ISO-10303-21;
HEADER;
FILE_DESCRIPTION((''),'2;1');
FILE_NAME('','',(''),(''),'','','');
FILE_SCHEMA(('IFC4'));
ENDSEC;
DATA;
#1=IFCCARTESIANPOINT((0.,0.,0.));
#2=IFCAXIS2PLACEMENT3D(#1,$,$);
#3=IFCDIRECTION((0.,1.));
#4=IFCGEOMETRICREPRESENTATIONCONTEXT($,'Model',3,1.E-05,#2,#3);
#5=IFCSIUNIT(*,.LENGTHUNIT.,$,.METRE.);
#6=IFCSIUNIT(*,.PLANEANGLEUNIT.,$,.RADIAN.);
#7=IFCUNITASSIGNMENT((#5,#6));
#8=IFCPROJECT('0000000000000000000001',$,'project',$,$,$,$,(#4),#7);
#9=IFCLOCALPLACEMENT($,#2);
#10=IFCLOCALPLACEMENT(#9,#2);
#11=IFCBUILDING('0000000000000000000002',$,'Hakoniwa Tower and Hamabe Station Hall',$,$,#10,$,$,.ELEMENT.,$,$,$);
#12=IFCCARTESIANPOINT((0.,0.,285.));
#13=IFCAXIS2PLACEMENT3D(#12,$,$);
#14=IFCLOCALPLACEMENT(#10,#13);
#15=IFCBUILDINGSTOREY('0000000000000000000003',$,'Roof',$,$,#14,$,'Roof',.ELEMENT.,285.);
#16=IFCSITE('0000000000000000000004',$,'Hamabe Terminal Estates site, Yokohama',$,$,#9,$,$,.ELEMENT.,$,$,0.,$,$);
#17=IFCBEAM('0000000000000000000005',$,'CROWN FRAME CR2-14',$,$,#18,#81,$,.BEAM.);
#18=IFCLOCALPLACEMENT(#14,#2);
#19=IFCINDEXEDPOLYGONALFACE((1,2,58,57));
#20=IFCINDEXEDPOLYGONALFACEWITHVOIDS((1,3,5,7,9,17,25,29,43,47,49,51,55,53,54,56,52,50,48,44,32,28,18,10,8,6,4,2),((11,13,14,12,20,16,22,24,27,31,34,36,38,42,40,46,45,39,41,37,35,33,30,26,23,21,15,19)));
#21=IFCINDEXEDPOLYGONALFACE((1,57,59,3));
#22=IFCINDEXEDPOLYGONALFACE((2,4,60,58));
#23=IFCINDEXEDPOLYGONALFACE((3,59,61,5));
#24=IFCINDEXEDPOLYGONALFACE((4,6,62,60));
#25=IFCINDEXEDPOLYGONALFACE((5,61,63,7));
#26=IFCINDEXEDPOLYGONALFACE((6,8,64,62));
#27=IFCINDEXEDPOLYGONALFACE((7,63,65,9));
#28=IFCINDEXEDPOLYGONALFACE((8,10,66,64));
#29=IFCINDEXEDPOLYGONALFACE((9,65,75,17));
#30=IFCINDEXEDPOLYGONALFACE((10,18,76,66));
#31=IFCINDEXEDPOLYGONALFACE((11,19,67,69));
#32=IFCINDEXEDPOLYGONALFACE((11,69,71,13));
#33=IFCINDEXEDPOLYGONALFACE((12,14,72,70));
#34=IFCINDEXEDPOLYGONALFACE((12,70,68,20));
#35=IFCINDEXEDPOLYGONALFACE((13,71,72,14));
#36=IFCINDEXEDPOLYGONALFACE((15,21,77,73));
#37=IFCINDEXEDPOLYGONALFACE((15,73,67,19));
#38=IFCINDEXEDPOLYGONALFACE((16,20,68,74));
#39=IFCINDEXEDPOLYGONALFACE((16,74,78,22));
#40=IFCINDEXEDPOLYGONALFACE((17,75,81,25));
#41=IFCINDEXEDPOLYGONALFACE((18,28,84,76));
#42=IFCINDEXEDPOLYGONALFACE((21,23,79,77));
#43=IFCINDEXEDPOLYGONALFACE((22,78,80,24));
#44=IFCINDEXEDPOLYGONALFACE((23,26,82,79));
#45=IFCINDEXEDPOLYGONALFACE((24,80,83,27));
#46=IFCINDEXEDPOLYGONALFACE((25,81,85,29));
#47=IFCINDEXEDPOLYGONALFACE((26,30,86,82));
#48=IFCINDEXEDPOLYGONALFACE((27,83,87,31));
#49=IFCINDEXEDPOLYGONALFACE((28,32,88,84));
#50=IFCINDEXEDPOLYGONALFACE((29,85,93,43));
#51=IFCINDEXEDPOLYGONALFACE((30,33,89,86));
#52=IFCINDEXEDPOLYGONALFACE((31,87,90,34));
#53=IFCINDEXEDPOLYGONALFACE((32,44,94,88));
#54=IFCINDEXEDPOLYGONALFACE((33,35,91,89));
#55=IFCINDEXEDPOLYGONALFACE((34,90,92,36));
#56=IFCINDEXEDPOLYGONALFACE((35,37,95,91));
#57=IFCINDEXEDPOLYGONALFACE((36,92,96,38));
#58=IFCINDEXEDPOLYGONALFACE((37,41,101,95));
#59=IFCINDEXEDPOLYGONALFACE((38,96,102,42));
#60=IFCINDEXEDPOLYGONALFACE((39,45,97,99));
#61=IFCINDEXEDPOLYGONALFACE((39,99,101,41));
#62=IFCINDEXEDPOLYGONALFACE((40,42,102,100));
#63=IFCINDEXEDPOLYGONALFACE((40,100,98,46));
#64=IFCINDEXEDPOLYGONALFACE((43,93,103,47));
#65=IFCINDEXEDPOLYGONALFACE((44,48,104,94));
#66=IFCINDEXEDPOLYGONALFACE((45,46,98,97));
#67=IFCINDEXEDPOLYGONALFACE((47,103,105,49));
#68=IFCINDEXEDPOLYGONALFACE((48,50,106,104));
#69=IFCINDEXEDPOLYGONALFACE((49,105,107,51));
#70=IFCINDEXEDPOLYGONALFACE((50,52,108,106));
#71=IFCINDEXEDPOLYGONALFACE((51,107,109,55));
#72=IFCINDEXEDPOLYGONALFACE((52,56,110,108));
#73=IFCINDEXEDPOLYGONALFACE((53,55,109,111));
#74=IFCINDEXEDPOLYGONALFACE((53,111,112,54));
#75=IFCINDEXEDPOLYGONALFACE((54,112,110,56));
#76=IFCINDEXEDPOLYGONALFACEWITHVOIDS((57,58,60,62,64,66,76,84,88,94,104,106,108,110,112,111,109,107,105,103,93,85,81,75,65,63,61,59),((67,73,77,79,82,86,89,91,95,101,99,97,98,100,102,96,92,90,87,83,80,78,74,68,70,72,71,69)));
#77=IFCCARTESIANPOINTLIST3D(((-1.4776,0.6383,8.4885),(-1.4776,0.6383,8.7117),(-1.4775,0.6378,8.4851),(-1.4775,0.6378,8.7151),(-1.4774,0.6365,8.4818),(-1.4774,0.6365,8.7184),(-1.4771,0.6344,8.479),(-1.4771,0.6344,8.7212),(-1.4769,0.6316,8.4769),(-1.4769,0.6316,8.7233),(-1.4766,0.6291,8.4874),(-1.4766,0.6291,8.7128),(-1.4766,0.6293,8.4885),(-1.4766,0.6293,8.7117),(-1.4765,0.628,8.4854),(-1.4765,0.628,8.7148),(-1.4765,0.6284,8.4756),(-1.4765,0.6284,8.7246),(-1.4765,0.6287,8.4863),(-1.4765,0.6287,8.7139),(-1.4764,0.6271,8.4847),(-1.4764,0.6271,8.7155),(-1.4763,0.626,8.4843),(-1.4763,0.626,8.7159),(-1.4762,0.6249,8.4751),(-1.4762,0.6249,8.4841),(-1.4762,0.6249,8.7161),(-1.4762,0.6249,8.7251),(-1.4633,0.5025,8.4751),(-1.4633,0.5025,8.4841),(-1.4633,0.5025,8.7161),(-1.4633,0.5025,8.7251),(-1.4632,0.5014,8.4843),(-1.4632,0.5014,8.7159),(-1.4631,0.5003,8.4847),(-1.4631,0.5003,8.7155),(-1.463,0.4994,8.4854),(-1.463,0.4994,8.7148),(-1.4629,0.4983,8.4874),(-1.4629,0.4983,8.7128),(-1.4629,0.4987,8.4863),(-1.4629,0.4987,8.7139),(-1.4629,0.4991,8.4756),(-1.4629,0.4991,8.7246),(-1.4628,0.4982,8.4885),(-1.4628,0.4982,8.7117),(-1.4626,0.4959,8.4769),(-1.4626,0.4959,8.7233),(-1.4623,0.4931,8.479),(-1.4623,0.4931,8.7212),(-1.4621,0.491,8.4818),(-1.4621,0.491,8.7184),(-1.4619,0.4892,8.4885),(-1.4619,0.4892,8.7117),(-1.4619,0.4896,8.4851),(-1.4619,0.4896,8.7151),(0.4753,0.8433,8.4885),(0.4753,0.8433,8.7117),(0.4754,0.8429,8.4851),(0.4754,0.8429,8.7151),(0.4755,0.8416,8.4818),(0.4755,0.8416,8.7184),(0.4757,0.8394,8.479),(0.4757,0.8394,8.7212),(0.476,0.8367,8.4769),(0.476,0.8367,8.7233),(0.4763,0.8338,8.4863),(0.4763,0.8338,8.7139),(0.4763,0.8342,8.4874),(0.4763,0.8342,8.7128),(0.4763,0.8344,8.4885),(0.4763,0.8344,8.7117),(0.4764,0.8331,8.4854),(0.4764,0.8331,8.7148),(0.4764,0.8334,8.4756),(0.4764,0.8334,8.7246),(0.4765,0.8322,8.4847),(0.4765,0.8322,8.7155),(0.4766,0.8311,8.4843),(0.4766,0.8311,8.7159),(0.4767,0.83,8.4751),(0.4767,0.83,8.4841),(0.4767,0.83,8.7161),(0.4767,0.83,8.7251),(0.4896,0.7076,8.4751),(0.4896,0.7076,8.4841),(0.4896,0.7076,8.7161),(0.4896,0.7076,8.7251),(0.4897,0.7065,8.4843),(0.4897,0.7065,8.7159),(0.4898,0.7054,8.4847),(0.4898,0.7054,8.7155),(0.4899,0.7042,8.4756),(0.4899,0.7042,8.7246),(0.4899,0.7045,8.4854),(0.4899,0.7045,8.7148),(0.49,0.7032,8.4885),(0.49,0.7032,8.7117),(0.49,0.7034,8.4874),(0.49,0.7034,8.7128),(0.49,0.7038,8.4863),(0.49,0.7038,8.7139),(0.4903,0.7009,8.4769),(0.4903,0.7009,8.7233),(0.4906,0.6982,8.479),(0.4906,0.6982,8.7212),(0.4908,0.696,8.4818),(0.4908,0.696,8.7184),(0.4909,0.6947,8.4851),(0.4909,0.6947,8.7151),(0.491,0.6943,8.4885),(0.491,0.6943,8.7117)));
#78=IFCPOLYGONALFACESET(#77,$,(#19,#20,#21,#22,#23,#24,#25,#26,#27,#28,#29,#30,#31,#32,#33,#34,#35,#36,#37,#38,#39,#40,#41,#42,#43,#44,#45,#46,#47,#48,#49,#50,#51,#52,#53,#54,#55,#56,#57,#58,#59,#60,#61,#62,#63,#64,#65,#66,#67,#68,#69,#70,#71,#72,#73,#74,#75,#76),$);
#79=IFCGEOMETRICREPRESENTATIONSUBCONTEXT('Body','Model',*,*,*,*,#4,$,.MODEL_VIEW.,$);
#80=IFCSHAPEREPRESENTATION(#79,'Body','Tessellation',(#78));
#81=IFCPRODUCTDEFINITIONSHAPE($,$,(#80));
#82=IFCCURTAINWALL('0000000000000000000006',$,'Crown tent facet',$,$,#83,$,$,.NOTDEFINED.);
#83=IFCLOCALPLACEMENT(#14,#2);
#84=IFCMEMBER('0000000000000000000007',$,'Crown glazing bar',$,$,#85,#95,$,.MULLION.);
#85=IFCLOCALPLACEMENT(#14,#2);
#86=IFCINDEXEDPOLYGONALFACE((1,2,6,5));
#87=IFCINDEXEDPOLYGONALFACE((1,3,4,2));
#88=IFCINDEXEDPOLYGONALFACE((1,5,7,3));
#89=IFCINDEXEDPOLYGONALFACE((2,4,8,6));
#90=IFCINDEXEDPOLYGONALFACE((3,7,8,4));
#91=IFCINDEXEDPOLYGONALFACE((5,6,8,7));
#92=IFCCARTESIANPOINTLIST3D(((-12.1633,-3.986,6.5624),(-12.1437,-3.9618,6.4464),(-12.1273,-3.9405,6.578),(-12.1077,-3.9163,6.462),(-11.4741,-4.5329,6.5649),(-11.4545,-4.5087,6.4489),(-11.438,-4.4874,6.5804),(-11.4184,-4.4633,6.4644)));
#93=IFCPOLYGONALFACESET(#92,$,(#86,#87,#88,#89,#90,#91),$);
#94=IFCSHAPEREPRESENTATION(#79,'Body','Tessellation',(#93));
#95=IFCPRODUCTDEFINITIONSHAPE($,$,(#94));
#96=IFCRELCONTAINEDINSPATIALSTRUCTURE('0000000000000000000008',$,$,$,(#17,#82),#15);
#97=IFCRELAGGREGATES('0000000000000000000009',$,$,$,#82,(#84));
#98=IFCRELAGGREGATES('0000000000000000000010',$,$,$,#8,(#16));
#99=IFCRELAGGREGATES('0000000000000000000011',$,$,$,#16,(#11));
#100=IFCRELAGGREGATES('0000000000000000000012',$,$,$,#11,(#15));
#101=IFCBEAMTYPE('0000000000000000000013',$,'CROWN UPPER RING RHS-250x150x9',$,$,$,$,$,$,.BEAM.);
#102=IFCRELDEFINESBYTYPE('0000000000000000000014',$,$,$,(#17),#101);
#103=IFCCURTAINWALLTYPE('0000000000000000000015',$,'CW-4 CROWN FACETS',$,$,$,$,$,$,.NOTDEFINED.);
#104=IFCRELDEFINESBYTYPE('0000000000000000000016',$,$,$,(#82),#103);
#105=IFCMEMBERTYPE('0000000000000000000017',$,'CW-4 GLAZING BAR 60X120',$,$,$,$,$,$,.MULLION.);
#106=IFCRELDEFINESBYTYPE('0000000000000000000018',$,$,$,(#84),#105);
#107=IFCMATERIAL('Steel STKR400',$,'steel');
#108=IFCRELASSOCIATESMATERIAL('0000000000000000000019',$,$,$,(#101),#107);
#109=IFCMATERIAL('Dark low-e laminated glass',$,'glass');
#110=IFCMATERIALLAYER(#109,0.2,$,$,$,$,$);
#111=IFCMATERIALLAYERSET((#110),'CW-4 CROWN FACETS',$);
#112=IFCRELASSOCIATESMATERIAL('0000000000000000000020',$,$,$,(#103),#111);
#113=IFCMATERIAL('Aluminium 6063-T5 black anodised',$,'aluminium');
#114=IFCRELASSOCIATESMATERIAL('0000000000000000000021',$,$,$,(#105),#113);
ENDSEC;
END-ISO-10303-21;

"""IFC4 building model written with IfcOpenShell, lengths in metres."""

from ifc_helpers import new_model, si_unit, direction, frame, origin, origin_2d, place, context, subcontext, project, spatial, rectangle, hollow_rectangle, extrude, material, layer, layer_set, material_profile, profile_set, type_object, element, aggregate, save


model = new_model("IFC4")

# Units and contexts
model_context = context("Model", 3, precision=1e-05, world=origin(), true_north=direction((0.0, 1.0)))
body_context = subcontext(model_context, "Body", "Model", "MODEL_VIEW")
ifc_project = project(units=[si_unit("LENGTHUNIT", "METRE"), si_unit("PLANEANGLEUNIT", "RADIAN")], contexts=[model_context])

# Site, building, storey
site_placement = place(None, origin())
site = spatial("IfcSite", under=ifc_project, at=site_placement, Name="Hamabe Terminal Estates site, Yokohama", CompositionType="ELEMENT", RefElevation=0.0)
building_placement = place(site_placement, origin())
building = spatial("IfcBuilding", under=site, at=building_placement, Name="Hakoniwa Tower and Hamabe Station Hall", CompositionType="ELEMENT")
storey_placement = place(building_placement, frame((0.0, 0.0, 285.0)))
storey = spatial("IfcBuildingStorey", under=building, at=storey_placement, Name="Roof", LongName="Roof", CompositionType="ELEMENT", Elevation=285.0)

# Beam
ifc_material_1 = material(Name="Steel STKR400", Category="steel")
ifc_material_profile_1 = material_profile(ifc_material_1, hollow_rectangle(XDim=0.1499, YDim=0.25, WallThickness=0.009, InnerFilletRadius=0.0044, OuterFilletRadius=0.0134, at=origin_2d()), Name="RHS-250x150x9")
ifc_profile_set_1 = profile_set([ifc_material_profile_1], Name="Steel STKR400")
beam_type = type_object("IfcBeamType", Name="CROWN UPPER RING RHS-250x150x9", PredefinedType="BEAM", material=ifc_profile_set_1)
beam_1_placement = place(storey_placement, frame((-1.4697, 0.5637, 8.6001), z_axis=(0.994531, 0.104439, 0.0), x_axis=(-0.104439, 0.994531, 0.0)))
element("IfcBeam", 1, at=beam_1_placement, inside=storey, type_object=beam_type, Name="CROWN FRAME CR2-14", PredefinedType="BEAM", context=body_context, shape_type="SweptSolid", body=[
    extrude(hollow_rectangle(XDim=0.1499, YDim=0.25, WallThickness=0.009, InnerFilletRadius=0.0044, OuterFilletRadius=0.0134, at=origin_2d()), origin(), (0.0, 0.0, 1.0), 1.9636),
])

# Curtain wall, member
ifc_material_2 = material(Name="Dark low-e laminated glass", Category="glass")
ifc_layer_1 = layer(ifc_material_2, 0.2)
ifc_layer_set_1 = layer_set([ifc_layer_1], Name="CW-4 CROWN FACETS")
curtain_wall_type = type_object("IfcCurtainWallType", Name="CW-4 CROWN FACETS", PredefinedType="NOTDEFINED", material=ifc_layer_set_1)
curtain_wall_1_placement = place(storey_placement, origin())
curtain_wall_1 = element("IfcCurtainWall", 2, at=curtain_wall_1_placement, inside=storey, type_object=curtain_wall_type, Name="Crown tent facet", PredefinedType="NOTDEFINED")
ifc_material_3 = material(Name="Aluminium 6063-T5 black anodised", Category="aluminium")
ifc_material_profile_2 = material_profile(ifc_material_3, rectangle(XDim=0.0601, YDim=0.1201, at=origin_2d()), Name="CW-4 GLAZING BAR 60X120")
ifc_profile_set_2 = profile_set([ifc_material_profile_2], Name="Aluminium 6063-T5 black anodised")
member_type_1 = type_object("IfcMemberType", Name="CW-4 GLAZING BAR 60X120", PredefinedType="MULLION", material=ifc_profile_set_2)
member_1_placement = place(storey_placement, frame((-12.1355, -3.9512, 6.5122), z_axis=(0.78335, -0.621574, 0.002775), x_axis=(0.599778, 0.757038, 0.259152)))
member_1 = element("IfcMember", 3, at=member_1_placement, type_object=member_type_1, Name="Crown glazing bar", PredefinedType="MULLION", context=body_context, shape_type="SweptSolid", body=[
    extrude(rectangle(XDim=0.0601, YDim=0.1201, at=origin_2d()), origin(), (0.0, 0.0, 1.0), 0.8799),
])
aggregate(curtain_wall_1, [member_1])

save(model, "model.ifc")
